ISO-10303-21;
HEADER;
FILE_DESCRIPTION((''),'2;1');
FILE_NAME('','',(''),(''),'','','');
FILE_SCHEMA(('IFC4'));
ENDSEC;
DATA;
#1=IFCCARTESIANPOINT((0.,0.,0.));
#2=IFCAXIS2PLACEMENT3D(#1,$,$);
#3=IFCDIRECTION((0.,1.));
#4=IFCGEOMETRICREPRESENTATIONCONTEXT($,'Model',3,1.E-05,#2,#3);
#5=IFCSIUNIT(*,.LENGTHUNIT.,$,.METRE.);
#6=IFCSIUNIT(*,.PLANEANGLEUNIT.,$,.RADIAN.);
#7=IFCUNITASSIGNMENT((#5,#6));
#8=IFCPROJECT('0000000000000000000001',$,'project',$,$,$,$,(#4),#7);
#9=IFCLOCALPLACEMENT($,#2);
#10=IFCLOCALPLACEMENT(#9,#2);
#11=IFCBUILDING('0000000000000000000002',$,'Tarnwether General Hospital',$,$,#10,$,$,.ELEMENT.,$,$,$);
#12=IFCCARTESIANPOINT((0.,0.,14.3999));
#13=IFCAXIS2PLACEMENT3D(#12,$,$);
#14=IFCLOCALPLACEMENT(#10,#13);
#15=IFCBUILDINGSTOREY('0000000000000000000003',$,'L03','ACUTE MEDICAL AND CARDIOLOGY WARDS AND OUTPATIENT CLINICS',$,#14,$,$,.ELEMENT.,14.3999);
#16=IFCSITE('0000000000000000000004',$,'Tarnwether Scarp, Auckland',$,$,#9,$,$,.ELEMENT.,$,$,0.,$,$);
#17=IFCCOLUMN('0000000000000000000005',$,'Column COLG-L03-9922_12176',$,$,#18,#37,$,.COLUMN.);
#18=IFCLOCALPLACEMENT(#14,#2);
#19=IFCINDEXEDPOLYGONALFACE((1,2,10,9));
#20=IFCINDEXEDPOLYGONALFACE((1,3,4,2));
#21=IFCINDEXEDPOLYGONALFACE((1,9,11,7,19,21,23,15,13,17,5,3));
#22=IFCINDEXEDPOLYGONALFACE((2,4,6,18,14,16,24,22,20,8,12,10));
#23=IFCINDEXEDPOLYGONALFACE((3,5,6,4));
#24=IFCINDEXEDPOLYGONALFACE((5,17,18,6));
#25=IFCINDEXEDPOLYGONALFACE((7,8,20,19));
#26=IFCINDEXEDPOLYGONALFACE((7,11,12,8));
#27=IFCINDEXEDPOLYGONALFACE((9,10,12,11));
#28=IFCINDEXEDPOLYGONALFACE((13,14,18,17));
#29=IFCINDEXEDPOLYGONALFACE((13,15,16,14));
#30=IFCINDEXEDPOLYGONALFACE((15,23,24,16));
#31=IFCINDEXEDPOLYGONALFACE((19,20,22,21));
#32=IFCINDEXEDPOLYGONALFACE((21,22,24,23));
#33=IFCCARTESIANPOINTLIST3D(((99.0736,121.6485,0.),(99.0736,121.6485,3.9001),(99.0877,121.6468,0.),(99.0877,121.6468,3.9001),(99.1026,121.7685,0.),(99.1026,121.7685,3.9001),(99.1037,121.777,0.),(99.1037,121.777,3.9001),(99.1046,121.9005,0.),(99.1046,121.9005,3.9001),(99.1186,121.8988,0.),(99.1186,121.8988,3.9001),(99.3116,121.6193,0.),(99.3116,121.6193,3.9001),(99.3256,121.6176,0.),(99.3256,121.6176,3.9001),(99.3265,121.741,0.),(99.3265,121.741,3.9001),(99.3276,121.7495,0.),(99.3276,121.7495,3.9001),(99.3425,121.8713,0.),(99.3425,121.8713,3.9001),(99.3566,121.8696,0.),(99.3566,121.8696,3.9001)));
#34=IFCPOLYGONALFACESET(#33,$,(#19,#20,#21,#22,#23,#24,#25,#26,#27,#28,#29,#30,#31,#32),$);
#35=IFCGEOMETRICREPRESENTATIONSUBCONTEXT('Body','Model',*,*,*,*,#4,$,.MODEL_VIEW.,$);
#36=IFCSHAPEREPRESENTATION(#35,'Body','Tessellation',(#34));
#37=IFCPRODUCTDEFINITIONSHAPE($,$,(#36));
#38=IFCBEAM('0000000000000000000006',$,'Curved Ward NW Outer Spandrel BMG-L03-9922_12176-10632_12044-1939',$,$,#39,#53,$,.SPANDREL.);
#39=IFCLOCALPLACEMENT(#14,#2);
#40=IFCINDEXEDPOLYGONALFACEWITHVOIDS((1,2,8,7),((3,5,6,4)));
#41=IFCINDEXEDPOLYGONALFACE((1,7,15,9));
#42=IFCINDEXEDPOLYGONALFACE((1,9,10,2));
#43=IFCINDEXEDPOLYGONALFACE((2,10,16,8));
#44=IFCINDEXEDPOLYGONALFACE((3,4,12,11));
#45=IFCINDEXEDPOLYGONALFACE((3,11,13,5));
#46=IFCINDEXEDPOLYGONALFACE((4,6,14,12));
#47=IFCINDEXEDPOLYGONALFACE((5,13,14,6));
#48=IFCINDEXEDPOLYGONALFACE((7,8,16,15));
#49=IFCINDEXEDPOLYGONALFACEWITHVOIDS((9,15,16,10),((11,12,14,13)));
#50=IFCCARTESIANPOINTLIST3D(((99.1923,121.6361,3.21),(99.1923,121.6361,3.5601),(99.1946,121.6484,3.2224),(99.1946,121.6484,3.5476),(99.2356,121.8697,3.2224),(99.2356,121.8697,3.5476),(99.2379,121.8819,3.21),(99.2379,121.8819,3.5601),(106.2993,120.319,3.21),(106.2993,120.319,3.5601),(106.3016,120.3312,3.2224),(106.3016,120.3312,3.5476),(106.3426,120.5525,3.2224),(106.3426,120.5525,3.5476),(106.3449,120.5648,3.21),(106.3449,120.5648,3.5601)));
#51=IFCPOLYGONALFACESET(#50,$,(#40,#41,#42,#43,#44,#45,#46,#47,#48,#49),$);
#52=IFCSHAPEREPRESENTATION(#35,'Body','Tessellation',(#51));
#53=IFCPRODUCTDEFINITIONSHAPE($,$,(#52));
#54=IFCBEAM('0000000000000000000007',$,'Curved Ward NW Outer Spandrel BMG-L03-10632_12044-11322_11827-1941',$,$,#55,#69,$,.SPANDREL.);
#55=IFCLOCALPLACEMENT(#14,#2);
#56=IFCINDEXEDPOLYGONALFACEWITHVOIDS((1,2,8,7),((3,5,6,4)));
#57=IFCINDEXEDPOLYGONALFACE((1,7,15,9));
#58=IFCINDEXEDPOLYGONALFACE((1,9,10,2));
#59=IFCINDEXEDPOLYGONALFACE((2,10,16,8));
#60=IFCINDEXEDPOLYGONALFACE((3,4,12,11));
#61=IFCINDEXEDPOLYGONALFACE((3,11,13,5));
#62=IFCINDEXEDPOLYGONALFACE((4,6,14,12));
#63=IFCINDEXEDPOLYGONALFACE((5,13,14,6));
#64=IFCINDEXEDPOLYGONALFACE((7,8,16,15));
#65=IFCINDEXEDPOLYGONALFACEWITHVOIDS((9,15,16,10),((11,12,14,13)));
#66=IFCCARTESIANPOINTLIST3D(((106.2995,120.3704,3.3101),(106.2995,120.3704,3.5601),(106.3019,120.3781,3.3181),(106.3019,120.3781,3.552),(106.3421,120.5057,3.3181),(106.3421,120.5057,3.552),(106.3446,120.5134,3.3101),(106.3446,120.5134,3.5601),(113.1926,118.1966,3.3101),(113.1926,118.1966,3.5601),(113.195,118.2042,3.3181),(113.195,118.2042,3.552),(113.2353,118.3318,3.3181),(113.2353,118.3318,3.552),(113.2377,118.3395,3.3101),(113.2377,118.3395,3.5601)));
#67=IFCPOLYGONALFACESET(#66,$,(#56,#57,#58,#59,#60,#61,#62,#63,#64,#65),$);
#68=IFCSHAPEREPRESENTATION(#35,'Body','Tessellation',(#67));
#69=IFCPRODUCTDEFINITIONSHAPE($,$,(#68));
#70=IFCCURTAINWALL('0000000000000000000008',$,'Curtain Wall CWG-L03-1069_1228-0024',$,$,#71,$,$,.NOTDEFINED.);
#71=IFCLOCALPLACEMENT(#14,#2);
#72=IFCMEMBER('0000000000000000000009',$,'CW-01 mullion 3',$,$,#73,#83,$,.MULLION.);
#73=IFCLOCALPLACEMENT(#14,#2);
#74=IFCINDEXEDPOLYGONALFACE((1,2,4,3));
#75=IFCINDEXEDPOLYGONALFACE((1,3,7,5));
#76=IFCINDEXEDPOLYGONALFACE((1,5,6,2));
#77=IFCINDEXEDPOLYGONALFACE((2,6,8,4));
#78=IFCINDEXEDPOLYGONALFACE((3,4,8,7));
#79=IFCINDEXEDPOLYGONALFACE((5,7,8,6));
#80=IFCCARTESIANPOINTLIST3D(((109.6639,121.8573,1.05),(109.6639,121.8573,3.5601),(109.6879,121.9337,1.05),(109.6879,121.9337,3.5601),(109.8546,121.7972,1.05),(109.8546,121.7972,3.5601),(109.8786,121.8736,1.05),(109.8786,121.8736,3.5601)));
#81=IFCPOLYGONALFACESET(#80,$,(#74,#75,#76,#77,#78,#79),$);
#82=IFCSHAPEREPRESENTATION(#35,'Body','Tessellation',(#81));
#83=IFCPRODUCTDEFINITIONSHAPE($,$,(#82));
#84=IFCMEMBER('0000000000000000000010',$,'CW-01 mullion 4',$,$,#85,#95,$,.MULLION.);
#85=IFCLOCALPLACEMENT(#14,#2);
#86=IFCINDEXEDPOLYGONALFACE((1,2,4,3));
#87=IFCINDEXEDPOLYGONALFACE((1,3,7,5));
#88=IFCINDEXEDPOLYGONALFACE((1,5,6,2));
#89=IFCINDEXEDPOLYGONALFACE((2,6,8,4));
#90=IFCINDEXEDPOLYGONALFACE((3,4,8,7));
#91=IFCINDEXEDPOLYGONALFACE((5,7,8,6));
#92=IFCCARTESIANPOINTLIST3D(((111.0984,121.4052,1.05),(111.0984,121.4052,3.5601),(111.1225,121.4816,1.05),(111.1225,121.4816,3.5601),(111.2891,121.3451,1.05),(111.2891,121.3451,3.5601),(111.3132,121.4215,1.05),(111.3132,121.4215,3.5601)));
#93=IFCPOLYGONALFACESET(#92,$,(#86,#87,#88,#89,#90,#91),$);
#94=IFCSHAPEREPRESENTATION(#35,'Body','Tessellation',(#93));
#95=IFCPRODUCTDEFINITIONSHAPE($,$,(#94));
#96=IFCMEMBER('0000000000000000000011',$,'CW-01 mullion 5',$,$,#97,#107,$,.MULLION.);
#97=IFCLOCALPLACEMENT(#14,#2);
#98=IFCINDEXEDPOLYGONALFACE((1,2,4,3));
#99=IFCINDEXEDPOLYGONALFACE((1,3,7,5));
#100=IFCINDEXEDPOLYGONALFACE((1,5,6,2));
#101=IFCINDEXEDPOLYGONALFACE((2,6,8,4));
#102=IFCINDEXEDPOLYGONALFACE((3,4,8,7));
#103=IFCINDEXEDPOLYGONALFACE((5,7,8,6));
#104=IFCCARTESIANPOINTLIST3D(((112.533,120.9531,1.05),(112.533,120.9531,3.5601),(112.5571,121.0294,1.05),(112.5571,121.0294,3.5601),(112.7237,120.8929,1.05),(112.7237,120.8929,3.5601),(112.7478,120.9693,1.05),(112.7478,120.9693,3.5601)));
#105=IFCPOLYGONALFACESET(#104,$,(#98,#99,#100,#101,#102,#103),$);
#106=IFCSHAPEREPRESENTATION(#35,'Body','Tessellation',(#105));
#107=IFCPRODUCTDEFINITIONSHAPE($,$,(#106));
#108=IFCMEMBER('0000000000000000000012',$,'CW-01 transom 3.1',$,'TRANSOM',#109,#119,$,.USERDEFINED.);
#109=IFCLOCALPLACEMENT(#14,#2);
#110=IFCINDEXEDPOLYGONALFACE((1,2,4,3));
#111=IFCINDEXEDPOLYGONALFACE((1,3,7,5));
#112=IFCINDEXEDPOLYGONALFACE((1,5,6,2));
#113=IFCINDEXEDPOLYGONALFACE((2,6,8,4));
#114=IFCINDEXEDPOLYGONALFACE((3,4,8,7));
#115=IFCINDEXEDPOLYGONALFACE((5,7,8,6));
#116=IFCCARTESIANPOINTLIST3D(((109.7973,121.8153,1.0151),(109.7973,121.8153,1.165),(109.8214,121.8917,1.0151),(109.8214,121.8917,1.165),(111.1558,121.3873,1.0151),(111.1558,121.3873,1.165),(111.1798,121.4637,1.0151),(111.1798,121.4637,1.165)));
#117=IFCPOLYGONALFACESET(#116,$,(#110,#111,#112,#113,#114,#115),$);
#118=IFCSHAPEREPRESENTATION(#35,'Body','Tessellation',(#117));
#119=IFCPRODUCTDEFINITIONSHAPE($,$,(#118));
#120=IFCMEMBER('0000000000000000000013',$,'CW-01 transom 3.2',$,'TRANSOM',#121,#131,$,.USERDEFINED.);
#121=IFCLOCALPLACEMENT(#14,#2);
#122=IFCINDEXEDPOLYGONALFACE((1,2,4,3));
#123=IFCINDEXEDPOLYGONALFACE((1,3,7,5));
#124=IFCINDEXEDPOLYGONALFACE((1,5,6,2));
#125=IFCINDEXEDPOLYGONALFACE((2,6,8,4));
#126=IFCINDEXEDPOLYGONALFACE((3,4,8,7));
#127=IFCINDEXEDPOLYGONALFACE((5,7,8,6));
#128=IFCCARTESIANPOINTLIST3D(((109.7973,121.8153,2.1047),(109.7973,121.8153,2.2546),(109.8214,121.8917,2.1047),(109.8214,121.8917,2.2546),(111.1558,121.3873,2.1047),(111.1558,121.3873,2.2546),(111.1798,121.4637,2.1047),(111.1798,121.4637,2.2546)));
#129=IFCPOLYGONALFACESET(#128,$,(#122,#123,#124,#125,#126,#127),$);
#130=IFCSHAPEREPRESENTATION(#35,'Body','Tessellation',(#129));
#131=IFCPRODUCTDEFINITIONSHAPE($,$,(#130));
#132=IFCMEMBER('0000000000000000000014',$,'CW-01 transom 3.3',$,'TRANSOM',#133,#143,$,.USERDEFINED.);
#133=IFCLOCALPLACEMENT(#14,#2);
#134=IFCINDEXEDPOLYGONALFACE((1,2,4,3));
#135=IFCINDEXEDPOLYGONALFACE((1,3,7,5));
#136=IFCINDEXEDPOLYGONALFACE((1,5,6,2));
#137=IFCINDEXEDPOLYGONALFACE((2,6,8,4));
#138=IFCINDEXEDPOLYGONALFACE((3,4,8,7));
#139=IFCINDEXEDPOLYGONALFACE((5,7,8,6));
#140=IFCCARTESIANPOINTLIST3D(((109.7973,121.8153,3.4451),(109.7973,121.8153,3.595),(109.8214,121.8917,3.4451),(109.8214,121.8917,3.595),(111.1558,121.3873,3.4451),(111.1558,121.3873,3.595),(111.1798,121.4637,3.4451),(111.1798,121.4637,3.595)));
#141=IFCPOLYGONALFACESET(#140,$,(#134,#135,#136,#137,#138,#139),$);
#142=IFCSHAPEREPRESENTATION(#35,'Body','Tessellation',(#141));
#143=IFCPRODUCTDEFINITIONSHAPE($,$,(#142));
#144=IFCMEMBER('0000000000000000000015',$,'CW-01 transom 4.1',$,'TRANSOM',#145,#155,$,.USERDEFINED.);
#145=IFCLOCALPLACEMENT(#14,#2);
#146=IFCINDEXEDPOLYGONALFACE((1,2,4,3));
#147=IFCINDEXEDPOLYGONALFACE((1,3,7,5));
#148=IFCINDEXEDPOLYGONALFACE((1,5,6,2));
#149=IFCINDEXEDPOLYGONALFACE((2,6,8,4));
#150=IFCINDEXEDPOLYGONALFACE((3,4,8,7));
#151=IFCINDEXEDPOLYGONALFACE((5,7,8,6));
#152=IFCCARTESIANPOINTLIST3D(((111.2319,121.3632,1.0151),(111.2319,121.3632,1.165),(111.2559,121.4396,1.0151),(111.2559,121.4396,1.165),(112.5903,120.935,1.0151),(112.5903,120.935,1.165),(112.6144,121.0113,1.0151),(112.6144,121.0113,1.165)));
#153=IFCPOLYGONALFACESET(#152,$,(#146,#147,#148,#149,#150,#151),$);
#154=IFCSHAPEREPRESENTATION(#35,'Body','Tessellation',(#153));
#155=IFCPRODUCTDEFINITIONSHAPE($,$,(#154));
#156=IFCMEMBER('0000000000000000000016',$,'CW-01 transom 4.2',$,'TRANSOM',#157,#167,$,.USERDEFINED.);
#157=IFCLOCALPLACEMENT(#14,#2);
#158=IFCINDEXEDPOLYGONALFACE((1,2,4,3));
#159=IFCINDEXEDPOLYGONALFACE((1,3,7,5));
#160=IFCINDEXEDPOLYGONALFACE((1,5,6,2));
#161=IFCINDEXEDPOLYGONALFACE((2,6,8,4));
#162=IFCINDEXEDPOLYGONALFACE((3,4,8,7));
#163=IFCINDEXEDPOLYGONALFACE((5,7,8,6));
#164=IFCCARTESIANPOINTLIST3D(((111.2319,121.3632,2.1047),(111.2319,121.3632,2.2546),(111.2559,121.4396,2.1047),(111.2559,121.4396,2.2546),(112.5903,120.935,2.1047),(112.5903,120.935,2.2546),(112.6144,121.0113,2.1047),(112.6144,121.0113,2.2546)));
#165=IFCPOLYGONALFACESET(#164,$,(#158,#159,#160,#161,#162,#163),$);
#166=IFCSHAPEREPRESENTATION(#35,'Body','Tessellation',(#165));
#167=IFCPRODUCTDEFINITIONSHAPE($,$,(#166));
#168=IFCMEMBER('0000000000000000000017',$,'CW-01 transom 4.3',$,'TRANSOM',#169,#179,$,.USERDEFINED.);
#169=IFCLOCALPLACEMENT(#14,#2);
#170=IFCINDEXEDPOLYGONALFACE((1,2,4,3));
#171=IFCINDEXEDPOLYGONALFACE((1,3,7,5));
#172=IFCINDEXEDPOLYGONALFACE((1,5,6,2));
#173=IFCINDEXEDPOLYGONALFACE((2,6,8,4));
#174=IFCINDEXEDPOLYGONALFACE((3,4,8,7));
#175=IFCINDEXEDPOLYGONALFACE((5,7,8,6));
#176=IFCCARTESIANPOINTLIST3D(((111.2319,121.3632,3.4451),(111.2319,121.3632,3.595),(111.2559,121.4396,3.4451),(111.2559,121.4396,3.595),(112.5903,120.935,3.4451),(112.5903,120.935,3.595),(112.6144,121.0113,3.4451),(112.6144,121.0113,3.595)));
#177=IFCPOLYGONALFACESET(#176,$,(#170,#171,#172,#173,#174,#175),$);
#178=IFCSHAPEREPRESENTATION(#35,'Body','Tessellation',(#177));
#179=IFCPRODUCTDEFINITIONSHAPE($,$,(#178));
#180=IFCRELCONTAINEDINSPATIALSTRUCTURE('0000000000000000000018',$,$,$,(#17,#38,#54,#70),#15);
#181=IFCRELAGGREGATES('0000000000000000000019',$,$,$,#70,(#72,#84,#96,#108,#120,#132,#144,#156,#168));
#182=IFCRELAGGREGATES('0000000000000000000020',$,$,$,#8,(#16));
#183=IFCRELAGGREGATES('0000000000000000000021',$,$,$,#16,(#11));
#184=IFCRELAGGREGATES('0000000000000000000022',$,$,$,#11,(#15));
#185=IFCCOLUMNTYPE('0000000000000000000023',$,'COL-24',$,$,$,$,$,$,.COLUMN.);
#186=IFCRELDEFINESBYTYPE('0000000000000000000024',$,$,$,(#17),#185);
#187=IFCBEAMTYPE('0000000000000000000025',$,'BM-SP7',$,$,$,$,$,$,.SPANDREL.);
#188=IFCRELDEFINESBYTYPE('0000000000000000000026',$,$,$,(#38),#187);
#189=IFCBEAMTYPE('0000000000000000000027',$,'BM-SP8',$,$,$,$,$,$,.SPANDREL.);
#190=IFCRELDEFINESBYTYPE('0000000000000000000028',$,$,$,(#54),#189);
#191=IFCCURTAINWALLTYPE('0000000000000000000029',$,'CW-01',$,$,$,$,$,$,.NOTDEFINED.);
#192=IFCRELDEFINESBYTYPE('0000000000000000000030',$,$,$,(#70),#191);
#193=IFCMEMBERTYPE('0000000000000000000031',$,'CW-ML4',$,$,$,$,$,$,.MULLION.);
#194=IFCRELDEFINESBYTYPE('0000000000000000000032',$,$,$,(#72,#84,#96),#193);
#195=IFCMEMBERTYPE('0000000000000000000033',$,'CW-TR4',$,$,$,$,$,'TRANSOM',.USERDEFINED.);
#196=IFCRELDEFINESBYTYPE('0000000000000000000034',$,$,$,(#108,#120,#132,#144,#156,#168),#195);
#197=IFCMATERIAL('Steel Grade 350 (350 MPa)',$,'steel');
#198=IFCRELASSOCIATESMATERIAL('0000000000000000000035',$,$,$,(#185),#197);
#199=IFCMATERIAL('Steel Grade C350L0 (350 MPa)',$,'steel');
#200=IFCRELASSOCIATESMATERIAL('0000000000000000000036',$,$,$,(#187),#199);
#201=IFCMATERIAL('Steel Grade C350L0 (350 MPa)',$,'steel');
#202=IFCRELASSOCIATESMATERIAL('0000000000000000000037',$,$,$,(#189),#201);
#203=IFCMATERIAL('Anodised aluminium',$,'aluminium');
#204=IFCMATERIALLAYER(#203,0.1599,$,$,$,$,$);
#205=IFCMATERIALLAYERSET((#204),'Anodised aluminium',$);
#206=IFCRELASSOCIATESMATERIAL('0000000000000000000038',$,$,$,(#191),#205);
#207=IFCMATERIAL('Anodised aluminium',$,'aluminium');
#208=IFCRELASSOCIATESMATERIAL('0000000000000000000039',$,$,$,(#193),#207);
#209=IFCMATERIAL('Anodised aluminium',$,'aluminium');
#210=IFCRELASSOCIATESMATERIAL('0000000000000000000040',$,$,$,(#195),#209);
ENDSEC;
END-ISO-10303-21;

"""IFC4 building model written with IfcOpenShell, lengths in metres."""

from ifc_helpers import new_model, si_unit, direction, frame, origin, origin_2d, place, context, subcontext, project, spatial, rectangle, hollow_rectangle, i_section, extrude, material, layer, layer_set, material_profile, profile_set, type_object, element, aggregate, save


model = new_model("IFC4")

# Units and contexts
model_context = context("Model", 3, precision=1e-05, world=origin(), true_north=direction((0.0, 1.0)))
body_context = subcontext(model_context, "Body", "Model", "MODEL_VIEW")
ifc_project = project(units=[si_unit("LENGTHUNIT", "METRE"), si_unit("PLANEANGLEUNIT", "RADIAN")], contexts=[model_context])

# Site, building, storey
site_placement = place(None, origin())
site = spatial("IfcSite", under=ifc_project, at=site_placement, Name="Tarnwether Scarp, Auckland", CompositionType="ELEMENT", RefElevation=0.0)
building_placement = place(site_placement, origin())
building = spatial("IfcBuilding", under=site, at=building_placement, Name="Tarnwether General Hospital", CompositionType="ELEMENT")
storey_placement = place(building_placement, frame((0.0, 0.0, 14.3999)))
storey = spatial("IfcBuildingStorey", under=building, at=storey_placement, Name="L03", Description="ACUTE MEDICAL AND CARDIOLOGY WARDS AND OUTPATIENT CLINICS", CompositionType="ELEMENT", Elevation=14.3999)

# Column
ifc_material_1 = material(Name="Steel Grade 350 (350 MPa)", Category="steel")
ifc_material_profile_1 = material_profile(ifc_material_1, i_section(OverallWidth=0.2539, OverallDepth=0.2539, WebThickness=0.0085, FlangeThickness=0.0142, at=origin_2d()), Name="250UC72.9")
ifc_profile_set_1 = profile_set([ifc_material_profile_1], Name="Steel Grade 350 (350 MPa)")
column_type = type_object("IfcColumnType", Name="COL-24", PredefinedType="COLUMN", material=ifc_profile_set_1)
column_placement = place(storey_placement, frame((99.2151, 121.759, 0.0), z_axis=(0.0, 0.0, 1.0), x_axis=(0.121869, 0.992546, 0.0)))
element("IfcColumn", 1, at=column_placement, inside=storey, type_object=column_type, Name="Column COLG-L03-9922_12176", PredefinedType="COLUMN", context=body_context, shape_type="SweptSolid", body=[
    extrude(i_section(OverallWidth=0.2539, OverallDepth=0.2539, WebThickness=0.0085, FlangeThickness=0.0142, at=origin_2d()), origin(), (0.0, 0.0, 1.0), 3.9001),
])

# Beams
ifc_material_2 = material(Name="Steel Grade C350L0 (350 MPa)", Category="steel")
ifc_material_profile_2 = material_profile(ifc_material_2, hollow_rectangle(XDim=0.25, YDim=0.3501, WallThickness=0.0125, at=origin_2d()), Name="RHS350x250x12.5")
ifc_profile_set_2 = profile_set([ifc_material_profile_2], Name="Steel Grade C350L0 (350 MPa)")
beam_type_1 = type_object("IfcBeamType", Name="BM-SP7", PredefinedType="SPANDREL", material=ifc_profile_set_2)
beam_1_placement = place(storey_placement, frame((99.2151, 121.759, 3.385), z_axis=(0.983256, -0.182228, 0.0), x_axis=(0.182228, 0.983256, 0.0)))
element("IfcBeam", 2, at=beam_1_placement, inside=storey, type_object=beam_type_1, Name="Curved Ward NW Outer Spandrel BMG-L03-9922_12176-10632_12044-1939", PredefinedType="SPANDREL", context=body_context, shape_type="SweptSolid", body=[
    extrude(hollow_rectangle(XDim=0.25, YDim=0.3501, WallThickness=0.0125, at=origin_2d()), origin(), (0.0, 0.0, 1.0), 7.228),
])
ifc_material_3 = material(Name="Steel Grade C350L0 (350 MPa)", Category="steel")
ifc_material_profile_3 = material_profile(ifc_material_3, hollow_rectangle(XDim=0.1499, YDim=0.25, WallThickness=0.0081, at=origin_2d()), Name="RHS250x150x8")
ifc_profile_set_3 = profile_set([ifc_material_profile_3], Name="Steel Grade C350L0 (350 MPa)")
beam_type_2 = type_object("IfcBeamType", Name="BM-SP8", PredefinedType="SPANDREL", material=ifc_profile_set_3)
beam_2_placement = place(storey_placement, frame((106.322, 120.4419, 3.4351), z_axis=(0.953699, -0.300763, 0.0), x_axis=(0.300763, 0.953699, 0.0)))
element("IfcBeam", 3, at=beam_2_placement, inside=storey, type_object=beam_type_2, Name="Curved Ward NW Outer Spandrel BMG-L03-10632_12044-11322_11827-1941", PredefinedType="SPANDREL", context=body_context, shape_type="SweptSolid", body=[
    extrude(hollow_rectangle(XDim=0.1499, YDim=0.25, WallThickness=0.0081, at=origin_2d()), origin(), (0.0, 0.0, 1.0), 7.2278),
])

# Curtain wall, members
ifc_material_4 = material(Name="Anodised aluminium", Category="aluminium")
ifc_layer_1 = layer(ifc_material_4, 0.1599)
ifc_layer_set_1 = layer_set([ifc_layer_1], Name="Anodised aluminium")
curtain_wall_type = type_object("IfcCurtainWallType", Name="CW-01", PredefinedType="NOTDEFINED", material=ifc_layer_set_1)
curtain_wall_placement = place(storey_placement, origin())
curtain_wall = element("IfcCurtainWall", 4, at=curtain_wall_placement, inside=storey, type_object=curtain_wall_type, Name="Curtain Wall CWG-L03-1069_1228-0024", PredefinedType="NOTDEFINED")
ifc_material_5 = material(Name="Anodised aluminium", Category="aluminium")
ifc_material_profile_4 = material_profile(ifc_material_5, rectangle(XDim=0.0801, YDim=0.2, at=origin_2d()), Name="ALU-MUL-80x200")
ifc_profile_set_4 = profile_set([ifc_material_profile_4], Name="Anodised aluminium")
member_type_1 = type_object("IfcMemberType", Name="CW-ML4", PredefinedType="MULLION", material=ifc_profile_set_4)
member_1_placement = place(storey_placement, frame((109.7712, 121.8655, 1.05), z_axis=(0.0, 0.0, 1.0), x_axis=(0.300629, 0.953741, 0.0)))
member_1 = element("IfcMember", 5, at=member_1_placement, type_object=member_type_1, Name="CW-01 mullion 3", PredefinedType="MULLION", context=body_context, shape_type="SweptSolid", body=[
    extrude(rectangle(XDim=0.0801, YDim=0.2, at=origin_2d()), origin(), (0.0, 0.0, 1.0), 2.51),
])
member_2_placement = place(storey_placement, frame((111.2058, 121.4133, 1.05), z_axis=(0.0, 0.0, 1.0), x_axis=(0.300629, 0.953741, 0.0)))
member_2 = element("IfcMember", 6, at=member_2_placement, type_object=member_type_1, Name="CW-01 mullion 4", PredefinedType="MULLION", context=body_context, shape_type="SweptSolid", body=[
    extrude(rectangle(XDim=0.0801, YDim=0.2, at=origin_2d()), origin(), (0.0, 0.0, 1.0), 2.51),
])
member_3_placement = place(storey_placement, frame((112.6404, 120.9612, 1.05), z_axis=(0.0, 0.0, 1.0), x_axis=(0.300629, 0.953741, 0.0)))
member_3 = element("IfcMember", 7, at=member_3_placement, type_object=member_type_1, Name="CW-01 mullion 5", PredefinedType="MULLION", context=body_context, shape_type="SweptSolid", body=[
    extrude(rectangle(XDim=0.0801, YDim=0.2, at=origin_2d()), origin(), (0.0, 0.0, 1.0), 2.51),
])
ifc_material_6 = material(Name="Anodised aluminium", Category="aluminium")
ifc_material_profile_5 = material_profile(ifc_material_6, rectangle(XDim=0.0801, YDim=0.1499, at=origin_2d()), Name="ALU-TRN-80x150")
ifc_profile_set_5 = profile_set([ifc_material_profile_5], Name="Anodised aluminium")
member_type_2 = type_object("IfcMemberType", Name="CW-TR4", ElementType="TRANSOM", PredefinedType="USERDEFINED", material=ifc_profile_set_5)
member_4_placement = place(storey_placement, frame((109.8093, 121.8535, 1.0901), z_axis=(0.953782, -0.3005, 0.0), x_axis=(0.3005, 0.953782, 0.0)))
member_4 = element("IfcMember", 8, at=member_4_placement, type_object=member_type_2, Name="CW-01 transom 3.1", ObjectType="TRANSOM", PredefinedType="USERDEFINED", context=body_context, shape_type="SweptSolid", body=[
    extrude(rectangle(XDim=0.0801, YDim=0.1499, at=origin_2d()), origin(), (0.0, 0.0, 1.0), 1.4243),
])
member_5_placement = place(storey_placement, frame((109.8093, 121.8535, 2.1797), z_axis=(0.953782, -0.3005, 0.0), x_axis=(0.3005, 0.953782, 0.0)))
member_5 = element("IfcMember", 9, at=member_5_placement, type_object=member_type_2, Name="CW-01 transom 3.2", ObjectType="TRANSOM", PredefinedType="USERDEFINED", context=body_context, shape_type="SweptSolid", body=[
    extrude(rectangle(XDim=0.0801, YDim=0.1499, at=origin_2d()), origin(), (0.0, 0.0, 1.0), 1.4243),
])
member_6_placement = place(storey_placement, frame((109.8093, 121.8535, 3.52), z_axis=(0.953782, -0.3005, 0.0), x_axis=(0.3005, 0.953782, 0.0)))
member_6 = element("IfcMember", 10, at=member_6_placement, type_object=member_type_2, Name="CW-01 transom 3.3", ObjectType="TRANSOM", PredefinedType="USERDEFINED", context=body_context, shape_type="SweptSolid", body=[
    extrude(rectangle(XDim=0.0801, YDim=0.1499, at=origin_2d()), origin(), (0.0, 0.0, 1.0), 1.4243),
])
member_7_placement = place(storey_placement, frame((111.2439, 121.4014, 1.0901), z_axis=(0.953733, -0.300656, 0.0), x_axis=(0.300656, 0.953733, 0.0)))
member_7 = element("IfcMember", 11, at=member_7_placement, type_object=member_type_2, Name="CW-01 transom 4.1", ObjectType="TRANSOM", PredefinedType="USERDEFINED", context=body_context, shape_type="SweptSolid", body=[
    extrude(rectangle(XDim=0.0801, YDim=0.1499, at=origin_2d()), origin(), (0.0, 0.0, 1.0), 1.4243),
])
member_8_placement = place(storey_placement, frame((111.2439, 121.4014, 2.1797), z_axis=(0.953733, -0.300656, 0.0), x_axis=(0.300656, 0.953733, 0.0)))
member_8 = element("IfcMember", 12, at=member_8_placement, type_object=member_type_2, Name="CW-01 transom 4.2", ObjectType="TRANSOM", PredefinedType="USERDEFINED", context=body_context, shape_type="SweptSolid", body=[
    extrude(rectangle(XDim=0.0801, YDim=0.1499, at=origin_2d()), origin(), (0.0, 0.0, 1.0), 1.4243),
])
member_9_placement = place(storey_placement, frame((111.2439, 121.4014, 3.52), z_axis=(0.953733, -0.300656, 0.0), x_axis=(0.300656, 0.953733, 0.0)))
member_9 = element("IfcMember", 13, at=member_9_placement, type_object=member_type_2, Name="CW-01 transom 4.3", ObjectType="TRANSOM", PredefinedType="USERDEFINED", context=body_context, shape_type="SweptSolid", body=[
    extrude(rectangle(XDim=0.0801, YDim=0.1499, at=origin_2d()), origin(), (0.0, 0.0, 1.0), 1.4243),
])
aggregate(curtain_wall, [member_1, member_2, member_3, member_4, member_5, member_6, member_7, member_8, member_9])

save(model, "model.ifc")
